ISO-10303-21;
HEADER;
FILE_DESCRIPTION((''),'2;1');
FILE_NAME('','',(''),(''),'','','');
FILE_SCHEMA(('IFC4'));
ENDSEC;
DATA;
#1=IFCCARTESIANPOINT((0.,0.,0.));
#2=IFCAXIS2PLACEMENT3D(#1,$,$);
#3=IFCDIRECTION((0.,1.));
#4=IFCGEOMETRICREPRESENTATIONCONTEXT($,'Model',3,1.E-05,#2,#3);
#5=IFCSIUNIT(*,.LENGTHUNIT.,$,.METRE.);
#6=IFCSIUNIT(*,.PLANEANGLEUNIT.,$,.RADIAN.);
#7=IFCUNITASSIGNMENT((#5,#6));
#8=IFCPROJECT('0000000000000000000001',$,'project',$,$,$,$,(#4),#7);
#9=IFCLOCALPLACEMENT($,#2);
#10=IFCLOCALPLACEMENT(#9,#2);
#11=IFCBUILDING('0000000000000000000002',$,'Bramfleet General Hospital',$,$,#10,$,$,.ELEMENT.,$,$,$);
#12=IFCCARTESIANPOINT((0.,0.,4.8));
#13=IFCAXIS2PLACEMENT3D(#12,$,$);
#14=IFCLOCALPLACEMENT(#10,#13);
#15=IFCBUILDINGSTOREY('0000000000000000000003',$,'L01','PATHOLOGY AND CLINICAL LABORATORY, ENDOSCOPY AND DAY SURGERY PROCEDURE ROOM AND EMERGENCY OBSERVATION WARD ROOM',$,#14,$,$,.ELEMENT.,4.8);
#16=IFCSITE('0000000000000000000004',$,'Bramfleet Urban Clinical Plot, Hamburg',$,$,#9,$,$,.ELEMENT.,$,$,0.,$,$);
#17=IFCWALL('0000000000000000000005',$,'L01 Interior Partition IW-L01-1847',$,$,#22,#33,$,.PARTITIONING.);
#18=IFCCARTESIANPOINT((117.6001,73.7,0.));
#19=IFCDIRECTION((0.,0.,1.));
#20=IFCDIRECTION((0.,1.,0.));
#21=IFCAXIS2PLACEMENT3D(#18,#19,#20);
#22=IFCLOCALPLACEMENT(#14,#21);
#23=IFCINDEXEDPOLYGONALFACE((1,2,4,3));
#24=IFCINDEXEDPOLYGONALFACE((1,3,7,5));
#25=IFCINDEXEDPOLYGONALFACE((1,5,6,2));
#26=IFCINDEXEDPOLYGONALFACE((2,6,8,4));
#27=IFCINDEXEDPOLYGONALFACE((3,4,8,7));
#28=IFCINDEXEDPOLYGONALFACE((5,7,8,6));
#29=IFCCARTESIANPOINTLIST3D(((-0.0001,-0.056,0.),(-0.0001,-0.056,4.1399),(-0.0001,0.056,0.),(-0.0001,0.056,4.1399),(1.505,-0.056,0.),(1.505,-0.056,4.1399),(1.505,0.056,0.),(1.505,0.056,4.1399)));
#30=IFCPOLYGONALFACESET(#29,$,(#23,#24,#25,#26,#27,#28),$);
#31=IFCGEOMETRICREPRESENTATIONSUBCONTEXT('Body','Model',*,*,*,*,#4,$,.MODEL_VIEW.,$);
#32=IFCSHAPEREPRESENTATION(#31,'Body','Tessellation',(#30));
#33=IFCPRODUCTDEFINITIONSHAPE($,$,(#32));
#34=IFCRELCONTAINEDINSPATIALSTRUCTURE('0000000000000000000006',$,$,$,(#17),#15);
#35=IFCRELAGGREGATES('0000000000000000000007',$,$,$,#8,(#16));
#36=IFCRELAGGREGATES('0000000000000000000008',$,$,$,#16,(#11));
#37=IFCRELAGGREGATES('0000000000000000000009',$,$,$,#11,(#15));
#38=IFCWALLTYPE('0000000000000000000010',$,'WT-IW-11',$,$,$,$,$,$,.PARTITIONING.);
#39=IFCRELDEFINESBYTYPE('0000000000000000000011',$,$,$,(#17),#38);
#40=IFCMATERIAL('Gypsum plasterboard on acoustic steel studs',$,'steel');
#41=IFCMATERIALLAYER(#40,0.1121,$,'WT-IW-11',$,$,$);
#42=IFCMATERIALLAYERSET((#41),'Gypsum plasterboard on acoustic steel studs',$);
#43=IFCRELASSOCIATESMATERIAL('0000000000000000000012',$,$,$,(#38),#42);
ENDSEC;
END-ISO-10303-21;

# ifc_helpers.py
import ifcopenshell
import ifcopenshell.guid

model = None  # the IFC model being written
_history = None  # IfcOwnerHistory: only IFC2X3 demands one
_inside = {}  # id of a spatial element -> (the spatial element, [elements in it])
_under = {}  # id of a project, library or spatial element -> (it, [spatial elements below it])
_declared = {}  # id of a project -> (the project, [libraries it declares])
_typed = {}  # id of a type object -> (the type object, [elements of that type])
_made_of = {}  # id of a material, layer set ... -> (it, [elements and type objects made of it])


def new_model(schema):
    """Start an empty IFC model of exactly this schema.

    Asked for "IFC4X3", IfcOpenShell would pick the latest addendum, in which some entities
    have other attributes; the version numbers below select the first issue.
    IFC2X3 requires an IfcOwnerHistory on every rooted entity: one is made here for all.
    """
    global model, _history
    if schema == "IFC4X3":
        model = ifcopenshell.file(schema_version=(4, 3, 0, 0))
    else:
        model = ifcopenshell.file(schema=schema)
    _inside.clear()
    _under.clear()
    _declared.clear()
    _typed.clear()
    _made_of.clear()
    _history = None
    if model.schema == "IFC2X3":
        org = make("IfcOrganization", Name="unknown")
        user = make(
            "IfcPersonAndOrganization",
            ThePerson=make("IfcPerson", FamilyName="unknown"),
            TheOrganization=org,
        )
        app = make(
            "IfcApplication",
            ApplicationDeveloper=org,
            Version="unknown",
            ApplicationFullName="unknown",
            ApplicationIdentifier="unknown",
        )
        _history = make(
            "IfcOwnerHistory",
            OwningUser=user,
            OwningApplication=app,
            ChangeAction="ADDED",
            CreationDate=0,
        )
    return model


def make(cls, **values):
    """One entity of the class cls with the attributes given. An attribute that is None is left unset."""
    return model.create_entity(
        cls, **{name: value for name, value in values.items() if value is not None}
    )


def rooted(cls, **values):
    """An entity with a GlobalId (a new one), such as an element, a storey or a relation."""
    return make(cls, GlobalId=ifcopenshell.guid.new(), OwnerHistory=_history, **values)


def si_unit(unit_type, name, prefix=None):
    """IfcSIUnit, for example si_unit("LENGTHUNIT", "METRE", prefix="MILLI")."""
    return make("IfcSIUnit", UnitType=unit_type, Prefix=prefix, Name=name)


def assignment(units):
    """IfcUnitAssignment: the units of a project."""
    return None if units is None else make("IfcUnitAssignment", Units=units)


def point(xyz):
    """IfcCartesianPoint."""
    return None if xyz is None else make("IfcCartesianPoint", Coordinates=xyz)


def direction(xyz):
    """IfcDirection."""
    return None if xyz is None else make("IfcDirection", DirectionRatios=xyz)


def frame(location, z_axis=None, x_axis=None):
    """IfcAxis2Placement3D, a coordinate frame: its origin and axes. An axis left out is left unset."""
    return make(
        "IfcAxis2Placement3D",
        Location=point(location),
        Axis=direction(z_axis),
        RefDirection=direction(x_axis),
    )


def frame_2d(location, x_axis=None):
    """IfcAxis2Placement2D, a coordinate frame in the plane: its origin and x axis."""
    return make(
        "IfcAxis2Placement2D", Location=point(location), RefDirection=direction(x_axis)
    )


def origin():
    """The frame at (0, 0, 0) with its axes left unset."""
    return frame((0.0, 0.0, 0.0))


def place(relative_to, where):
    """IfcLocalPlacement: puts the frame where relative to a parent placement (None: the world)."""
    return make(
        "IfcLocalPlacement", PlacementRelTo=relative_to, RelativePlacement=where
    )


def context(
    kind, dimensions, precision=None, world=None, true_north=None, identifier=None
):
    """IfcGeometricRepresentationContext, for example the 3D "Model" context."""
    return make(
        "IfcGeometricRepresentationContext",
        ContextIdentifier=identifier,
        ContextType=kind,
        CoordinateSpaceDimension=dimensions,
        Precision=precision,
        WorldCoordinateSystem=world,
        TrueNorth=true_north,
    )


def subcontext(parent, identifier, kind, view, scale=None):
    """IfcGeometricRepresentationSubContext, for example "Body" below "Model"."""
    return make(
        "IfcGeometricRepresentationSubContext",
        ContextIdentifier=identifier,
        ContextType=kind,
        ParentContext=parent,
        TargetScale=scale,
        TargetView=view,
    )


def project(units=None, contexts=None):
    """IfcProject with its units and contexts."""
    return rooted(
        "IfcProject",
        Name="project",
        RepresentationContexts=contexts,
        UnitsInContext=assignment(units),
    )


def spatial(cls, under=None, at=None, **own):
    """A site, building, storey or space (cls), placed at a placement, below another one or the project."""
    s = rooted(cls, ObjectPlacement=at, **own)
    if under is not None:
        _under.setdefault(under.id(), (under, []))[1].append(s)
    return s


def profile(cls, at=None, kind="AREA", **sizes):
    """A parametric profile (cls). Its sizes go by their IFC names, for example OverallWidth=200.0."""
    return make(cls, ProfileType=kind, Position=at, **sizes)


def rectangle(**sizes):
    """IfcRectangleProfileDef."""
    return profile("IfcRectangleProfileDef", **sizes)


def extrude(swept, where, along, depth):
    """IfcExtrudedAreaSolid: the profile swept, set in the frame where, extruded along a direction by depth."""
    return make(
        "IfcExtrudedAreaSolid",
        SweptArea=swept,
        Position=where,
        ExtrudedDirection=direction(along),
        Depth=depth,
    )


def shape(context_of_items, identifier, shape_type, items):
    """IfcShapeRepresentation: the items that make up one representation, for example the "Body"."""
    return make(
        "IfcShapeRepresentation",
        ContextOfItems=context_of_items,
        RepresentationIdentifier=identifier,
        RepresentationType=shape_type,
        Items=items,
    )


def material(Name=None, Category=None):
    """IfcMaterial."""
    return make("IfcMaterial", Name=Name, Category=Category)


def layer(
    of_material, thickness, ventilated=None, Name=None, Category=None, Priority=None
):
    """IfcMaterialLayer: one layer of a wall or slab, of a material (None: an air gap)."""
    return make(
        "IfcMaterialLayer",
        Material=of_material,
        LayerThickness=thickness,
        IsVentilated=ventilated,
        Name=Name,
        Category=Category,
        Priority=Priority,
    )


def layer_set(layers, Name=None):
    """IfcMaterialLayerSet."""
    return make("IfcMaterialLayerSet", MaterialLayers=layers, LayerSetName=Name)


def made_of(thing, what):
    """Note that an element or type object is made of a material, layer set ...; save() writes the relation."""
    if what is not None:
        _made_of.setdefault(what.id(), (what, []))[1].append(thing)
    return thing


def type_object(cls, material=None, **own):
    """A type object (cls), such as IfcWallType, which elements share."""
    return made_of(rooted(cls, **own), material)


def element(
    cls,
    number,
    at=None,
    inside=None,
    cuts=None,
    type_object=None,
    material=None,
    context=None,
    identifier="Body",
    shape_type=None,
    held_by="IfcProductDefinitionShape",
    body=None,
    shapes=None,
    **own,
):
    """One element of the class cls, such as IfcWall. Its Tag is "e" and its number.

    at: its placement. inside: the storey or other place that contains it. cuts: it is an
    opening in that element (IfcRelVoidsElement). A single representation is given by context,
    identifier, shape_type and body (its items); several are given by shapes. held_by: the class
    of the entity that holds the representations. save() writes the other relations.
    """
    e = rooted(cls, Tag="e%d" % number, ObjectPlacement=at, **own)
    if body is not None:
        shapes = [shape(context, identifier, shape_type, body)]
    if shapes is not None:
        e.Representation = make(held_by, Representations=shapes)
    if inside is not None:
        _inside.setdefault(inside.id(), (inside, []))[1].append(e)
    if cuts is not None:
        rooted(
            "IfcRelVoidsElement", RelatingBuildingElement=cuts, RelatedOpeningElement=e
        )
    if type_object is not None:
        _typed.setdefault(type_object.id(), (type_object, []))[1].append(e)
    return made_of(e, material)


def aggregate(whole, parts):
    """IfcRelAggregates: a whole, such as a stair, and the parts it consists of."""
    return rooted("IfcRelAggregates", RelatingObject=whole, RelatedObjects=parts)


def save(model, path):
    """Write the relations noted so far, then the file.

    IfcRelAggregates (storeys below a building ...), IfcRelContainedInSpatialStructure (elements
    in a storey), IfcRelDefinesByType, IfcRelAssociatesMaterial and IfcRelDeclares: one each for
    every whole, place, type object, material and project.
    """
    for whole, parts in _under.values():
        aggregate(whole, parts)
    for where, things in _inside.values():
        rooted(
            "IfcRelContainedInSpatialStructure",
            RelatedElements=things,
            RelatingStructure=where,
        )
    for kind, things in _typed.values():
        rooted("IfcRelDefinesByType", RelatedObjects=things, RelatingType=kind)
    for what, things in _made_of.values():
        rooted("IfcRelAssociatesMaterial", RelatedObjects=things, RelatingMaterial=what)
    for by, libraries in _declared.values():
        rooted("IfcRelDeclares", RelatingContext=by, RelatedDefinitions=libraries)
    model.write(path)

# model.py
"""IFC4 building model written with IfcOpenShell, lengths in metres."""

from ifc_helpers import new_model, si_unit, direction, frame, frame_2d, origin, place, context, subcontext, project, spatial, rectangle, extrude, material, layer, layer_set, type_object, element, save


model = new_model("IFC4")

# Units and contexts
model_context = context("Model", 3, precision=1e-05, world=origin(), true_north=direction((0.0, 1.0)))
body_context = subcontext(model_context, "Body", "Model", "MODEL_VIEW")
ifc_project = project(units=[si_unit("LENGTHUNIT", "METRE"), si_unit("PLANEANGLEUNIT", "RADIAN")], contexts=[model_context])

# Site, building, storey
site_placement = place(None, origin())
site = spatial("IfcSite", under=ifc_project, at=site_placement, Name="Bramfleet Urban Clinical Plot, Hamburg", CompositionType="ELEMENT", RefElevation=0.0)
building_placement = place(site_placement, origin())
building = spatial("IfcBuilding", under=site, at=building_placement, Name="Bramfleet General Hospital", CompositionType="ELEMENT")
storey_placement = place(building_placement, frame((0.0, 0.0, 4.8)))
storey = spatial("IfcBuildingStorey", under=building, at=storey_placement, Name="L01", Description="PATHOLOGY AND CLINICAL LABORATORY, ENDOSCOPY AND DAY SURGERY PROCEDURE ROOM AND EMERGENCY OBSERVATION WARD ROOM", CompositionType="ELEMENT", Elevation=4.8)

# Wall
ifc_material_1 = material(Name="Gypsum plasterboard on acoustic steel studs", Category="steel")
ifc_layer_1 = layer(ifc_material_1, 0.1121, Name="WT-IW-11")
ifc_layer_set_1 = layer_set([ifc_layer_1], Name="Gypsum plasterboard on acoustic steel studs")
wall_type = type_object("IfcWallType", Name="WT-IW-11", PredefinedType="PARTITIONING", material=ifc_layer_set_1)
wall_placement = place(storey_placement, frame((117.6001, 73.7, 0.0), z_axis=(0.0, 0.0, 1.0), x_axis=(0.0, 1.0, 0.0)))
element("IfcWall", 1, at=wall_placement, inside=storey, type_object=wall_type, Name="L01 Interior Partition IW-L01-1847", PredefinedType="PARTITIONING", context=body_context, shape_type="SweptSolid", body=[
    extrude(rectangle(XDim=1.5051, YDim=0.1121, at=frame_2d((0.7524, 0.0))), origin(), (0.0, 0.0, 1.0), 4.1399),
])

save(model, "model.ifc")
